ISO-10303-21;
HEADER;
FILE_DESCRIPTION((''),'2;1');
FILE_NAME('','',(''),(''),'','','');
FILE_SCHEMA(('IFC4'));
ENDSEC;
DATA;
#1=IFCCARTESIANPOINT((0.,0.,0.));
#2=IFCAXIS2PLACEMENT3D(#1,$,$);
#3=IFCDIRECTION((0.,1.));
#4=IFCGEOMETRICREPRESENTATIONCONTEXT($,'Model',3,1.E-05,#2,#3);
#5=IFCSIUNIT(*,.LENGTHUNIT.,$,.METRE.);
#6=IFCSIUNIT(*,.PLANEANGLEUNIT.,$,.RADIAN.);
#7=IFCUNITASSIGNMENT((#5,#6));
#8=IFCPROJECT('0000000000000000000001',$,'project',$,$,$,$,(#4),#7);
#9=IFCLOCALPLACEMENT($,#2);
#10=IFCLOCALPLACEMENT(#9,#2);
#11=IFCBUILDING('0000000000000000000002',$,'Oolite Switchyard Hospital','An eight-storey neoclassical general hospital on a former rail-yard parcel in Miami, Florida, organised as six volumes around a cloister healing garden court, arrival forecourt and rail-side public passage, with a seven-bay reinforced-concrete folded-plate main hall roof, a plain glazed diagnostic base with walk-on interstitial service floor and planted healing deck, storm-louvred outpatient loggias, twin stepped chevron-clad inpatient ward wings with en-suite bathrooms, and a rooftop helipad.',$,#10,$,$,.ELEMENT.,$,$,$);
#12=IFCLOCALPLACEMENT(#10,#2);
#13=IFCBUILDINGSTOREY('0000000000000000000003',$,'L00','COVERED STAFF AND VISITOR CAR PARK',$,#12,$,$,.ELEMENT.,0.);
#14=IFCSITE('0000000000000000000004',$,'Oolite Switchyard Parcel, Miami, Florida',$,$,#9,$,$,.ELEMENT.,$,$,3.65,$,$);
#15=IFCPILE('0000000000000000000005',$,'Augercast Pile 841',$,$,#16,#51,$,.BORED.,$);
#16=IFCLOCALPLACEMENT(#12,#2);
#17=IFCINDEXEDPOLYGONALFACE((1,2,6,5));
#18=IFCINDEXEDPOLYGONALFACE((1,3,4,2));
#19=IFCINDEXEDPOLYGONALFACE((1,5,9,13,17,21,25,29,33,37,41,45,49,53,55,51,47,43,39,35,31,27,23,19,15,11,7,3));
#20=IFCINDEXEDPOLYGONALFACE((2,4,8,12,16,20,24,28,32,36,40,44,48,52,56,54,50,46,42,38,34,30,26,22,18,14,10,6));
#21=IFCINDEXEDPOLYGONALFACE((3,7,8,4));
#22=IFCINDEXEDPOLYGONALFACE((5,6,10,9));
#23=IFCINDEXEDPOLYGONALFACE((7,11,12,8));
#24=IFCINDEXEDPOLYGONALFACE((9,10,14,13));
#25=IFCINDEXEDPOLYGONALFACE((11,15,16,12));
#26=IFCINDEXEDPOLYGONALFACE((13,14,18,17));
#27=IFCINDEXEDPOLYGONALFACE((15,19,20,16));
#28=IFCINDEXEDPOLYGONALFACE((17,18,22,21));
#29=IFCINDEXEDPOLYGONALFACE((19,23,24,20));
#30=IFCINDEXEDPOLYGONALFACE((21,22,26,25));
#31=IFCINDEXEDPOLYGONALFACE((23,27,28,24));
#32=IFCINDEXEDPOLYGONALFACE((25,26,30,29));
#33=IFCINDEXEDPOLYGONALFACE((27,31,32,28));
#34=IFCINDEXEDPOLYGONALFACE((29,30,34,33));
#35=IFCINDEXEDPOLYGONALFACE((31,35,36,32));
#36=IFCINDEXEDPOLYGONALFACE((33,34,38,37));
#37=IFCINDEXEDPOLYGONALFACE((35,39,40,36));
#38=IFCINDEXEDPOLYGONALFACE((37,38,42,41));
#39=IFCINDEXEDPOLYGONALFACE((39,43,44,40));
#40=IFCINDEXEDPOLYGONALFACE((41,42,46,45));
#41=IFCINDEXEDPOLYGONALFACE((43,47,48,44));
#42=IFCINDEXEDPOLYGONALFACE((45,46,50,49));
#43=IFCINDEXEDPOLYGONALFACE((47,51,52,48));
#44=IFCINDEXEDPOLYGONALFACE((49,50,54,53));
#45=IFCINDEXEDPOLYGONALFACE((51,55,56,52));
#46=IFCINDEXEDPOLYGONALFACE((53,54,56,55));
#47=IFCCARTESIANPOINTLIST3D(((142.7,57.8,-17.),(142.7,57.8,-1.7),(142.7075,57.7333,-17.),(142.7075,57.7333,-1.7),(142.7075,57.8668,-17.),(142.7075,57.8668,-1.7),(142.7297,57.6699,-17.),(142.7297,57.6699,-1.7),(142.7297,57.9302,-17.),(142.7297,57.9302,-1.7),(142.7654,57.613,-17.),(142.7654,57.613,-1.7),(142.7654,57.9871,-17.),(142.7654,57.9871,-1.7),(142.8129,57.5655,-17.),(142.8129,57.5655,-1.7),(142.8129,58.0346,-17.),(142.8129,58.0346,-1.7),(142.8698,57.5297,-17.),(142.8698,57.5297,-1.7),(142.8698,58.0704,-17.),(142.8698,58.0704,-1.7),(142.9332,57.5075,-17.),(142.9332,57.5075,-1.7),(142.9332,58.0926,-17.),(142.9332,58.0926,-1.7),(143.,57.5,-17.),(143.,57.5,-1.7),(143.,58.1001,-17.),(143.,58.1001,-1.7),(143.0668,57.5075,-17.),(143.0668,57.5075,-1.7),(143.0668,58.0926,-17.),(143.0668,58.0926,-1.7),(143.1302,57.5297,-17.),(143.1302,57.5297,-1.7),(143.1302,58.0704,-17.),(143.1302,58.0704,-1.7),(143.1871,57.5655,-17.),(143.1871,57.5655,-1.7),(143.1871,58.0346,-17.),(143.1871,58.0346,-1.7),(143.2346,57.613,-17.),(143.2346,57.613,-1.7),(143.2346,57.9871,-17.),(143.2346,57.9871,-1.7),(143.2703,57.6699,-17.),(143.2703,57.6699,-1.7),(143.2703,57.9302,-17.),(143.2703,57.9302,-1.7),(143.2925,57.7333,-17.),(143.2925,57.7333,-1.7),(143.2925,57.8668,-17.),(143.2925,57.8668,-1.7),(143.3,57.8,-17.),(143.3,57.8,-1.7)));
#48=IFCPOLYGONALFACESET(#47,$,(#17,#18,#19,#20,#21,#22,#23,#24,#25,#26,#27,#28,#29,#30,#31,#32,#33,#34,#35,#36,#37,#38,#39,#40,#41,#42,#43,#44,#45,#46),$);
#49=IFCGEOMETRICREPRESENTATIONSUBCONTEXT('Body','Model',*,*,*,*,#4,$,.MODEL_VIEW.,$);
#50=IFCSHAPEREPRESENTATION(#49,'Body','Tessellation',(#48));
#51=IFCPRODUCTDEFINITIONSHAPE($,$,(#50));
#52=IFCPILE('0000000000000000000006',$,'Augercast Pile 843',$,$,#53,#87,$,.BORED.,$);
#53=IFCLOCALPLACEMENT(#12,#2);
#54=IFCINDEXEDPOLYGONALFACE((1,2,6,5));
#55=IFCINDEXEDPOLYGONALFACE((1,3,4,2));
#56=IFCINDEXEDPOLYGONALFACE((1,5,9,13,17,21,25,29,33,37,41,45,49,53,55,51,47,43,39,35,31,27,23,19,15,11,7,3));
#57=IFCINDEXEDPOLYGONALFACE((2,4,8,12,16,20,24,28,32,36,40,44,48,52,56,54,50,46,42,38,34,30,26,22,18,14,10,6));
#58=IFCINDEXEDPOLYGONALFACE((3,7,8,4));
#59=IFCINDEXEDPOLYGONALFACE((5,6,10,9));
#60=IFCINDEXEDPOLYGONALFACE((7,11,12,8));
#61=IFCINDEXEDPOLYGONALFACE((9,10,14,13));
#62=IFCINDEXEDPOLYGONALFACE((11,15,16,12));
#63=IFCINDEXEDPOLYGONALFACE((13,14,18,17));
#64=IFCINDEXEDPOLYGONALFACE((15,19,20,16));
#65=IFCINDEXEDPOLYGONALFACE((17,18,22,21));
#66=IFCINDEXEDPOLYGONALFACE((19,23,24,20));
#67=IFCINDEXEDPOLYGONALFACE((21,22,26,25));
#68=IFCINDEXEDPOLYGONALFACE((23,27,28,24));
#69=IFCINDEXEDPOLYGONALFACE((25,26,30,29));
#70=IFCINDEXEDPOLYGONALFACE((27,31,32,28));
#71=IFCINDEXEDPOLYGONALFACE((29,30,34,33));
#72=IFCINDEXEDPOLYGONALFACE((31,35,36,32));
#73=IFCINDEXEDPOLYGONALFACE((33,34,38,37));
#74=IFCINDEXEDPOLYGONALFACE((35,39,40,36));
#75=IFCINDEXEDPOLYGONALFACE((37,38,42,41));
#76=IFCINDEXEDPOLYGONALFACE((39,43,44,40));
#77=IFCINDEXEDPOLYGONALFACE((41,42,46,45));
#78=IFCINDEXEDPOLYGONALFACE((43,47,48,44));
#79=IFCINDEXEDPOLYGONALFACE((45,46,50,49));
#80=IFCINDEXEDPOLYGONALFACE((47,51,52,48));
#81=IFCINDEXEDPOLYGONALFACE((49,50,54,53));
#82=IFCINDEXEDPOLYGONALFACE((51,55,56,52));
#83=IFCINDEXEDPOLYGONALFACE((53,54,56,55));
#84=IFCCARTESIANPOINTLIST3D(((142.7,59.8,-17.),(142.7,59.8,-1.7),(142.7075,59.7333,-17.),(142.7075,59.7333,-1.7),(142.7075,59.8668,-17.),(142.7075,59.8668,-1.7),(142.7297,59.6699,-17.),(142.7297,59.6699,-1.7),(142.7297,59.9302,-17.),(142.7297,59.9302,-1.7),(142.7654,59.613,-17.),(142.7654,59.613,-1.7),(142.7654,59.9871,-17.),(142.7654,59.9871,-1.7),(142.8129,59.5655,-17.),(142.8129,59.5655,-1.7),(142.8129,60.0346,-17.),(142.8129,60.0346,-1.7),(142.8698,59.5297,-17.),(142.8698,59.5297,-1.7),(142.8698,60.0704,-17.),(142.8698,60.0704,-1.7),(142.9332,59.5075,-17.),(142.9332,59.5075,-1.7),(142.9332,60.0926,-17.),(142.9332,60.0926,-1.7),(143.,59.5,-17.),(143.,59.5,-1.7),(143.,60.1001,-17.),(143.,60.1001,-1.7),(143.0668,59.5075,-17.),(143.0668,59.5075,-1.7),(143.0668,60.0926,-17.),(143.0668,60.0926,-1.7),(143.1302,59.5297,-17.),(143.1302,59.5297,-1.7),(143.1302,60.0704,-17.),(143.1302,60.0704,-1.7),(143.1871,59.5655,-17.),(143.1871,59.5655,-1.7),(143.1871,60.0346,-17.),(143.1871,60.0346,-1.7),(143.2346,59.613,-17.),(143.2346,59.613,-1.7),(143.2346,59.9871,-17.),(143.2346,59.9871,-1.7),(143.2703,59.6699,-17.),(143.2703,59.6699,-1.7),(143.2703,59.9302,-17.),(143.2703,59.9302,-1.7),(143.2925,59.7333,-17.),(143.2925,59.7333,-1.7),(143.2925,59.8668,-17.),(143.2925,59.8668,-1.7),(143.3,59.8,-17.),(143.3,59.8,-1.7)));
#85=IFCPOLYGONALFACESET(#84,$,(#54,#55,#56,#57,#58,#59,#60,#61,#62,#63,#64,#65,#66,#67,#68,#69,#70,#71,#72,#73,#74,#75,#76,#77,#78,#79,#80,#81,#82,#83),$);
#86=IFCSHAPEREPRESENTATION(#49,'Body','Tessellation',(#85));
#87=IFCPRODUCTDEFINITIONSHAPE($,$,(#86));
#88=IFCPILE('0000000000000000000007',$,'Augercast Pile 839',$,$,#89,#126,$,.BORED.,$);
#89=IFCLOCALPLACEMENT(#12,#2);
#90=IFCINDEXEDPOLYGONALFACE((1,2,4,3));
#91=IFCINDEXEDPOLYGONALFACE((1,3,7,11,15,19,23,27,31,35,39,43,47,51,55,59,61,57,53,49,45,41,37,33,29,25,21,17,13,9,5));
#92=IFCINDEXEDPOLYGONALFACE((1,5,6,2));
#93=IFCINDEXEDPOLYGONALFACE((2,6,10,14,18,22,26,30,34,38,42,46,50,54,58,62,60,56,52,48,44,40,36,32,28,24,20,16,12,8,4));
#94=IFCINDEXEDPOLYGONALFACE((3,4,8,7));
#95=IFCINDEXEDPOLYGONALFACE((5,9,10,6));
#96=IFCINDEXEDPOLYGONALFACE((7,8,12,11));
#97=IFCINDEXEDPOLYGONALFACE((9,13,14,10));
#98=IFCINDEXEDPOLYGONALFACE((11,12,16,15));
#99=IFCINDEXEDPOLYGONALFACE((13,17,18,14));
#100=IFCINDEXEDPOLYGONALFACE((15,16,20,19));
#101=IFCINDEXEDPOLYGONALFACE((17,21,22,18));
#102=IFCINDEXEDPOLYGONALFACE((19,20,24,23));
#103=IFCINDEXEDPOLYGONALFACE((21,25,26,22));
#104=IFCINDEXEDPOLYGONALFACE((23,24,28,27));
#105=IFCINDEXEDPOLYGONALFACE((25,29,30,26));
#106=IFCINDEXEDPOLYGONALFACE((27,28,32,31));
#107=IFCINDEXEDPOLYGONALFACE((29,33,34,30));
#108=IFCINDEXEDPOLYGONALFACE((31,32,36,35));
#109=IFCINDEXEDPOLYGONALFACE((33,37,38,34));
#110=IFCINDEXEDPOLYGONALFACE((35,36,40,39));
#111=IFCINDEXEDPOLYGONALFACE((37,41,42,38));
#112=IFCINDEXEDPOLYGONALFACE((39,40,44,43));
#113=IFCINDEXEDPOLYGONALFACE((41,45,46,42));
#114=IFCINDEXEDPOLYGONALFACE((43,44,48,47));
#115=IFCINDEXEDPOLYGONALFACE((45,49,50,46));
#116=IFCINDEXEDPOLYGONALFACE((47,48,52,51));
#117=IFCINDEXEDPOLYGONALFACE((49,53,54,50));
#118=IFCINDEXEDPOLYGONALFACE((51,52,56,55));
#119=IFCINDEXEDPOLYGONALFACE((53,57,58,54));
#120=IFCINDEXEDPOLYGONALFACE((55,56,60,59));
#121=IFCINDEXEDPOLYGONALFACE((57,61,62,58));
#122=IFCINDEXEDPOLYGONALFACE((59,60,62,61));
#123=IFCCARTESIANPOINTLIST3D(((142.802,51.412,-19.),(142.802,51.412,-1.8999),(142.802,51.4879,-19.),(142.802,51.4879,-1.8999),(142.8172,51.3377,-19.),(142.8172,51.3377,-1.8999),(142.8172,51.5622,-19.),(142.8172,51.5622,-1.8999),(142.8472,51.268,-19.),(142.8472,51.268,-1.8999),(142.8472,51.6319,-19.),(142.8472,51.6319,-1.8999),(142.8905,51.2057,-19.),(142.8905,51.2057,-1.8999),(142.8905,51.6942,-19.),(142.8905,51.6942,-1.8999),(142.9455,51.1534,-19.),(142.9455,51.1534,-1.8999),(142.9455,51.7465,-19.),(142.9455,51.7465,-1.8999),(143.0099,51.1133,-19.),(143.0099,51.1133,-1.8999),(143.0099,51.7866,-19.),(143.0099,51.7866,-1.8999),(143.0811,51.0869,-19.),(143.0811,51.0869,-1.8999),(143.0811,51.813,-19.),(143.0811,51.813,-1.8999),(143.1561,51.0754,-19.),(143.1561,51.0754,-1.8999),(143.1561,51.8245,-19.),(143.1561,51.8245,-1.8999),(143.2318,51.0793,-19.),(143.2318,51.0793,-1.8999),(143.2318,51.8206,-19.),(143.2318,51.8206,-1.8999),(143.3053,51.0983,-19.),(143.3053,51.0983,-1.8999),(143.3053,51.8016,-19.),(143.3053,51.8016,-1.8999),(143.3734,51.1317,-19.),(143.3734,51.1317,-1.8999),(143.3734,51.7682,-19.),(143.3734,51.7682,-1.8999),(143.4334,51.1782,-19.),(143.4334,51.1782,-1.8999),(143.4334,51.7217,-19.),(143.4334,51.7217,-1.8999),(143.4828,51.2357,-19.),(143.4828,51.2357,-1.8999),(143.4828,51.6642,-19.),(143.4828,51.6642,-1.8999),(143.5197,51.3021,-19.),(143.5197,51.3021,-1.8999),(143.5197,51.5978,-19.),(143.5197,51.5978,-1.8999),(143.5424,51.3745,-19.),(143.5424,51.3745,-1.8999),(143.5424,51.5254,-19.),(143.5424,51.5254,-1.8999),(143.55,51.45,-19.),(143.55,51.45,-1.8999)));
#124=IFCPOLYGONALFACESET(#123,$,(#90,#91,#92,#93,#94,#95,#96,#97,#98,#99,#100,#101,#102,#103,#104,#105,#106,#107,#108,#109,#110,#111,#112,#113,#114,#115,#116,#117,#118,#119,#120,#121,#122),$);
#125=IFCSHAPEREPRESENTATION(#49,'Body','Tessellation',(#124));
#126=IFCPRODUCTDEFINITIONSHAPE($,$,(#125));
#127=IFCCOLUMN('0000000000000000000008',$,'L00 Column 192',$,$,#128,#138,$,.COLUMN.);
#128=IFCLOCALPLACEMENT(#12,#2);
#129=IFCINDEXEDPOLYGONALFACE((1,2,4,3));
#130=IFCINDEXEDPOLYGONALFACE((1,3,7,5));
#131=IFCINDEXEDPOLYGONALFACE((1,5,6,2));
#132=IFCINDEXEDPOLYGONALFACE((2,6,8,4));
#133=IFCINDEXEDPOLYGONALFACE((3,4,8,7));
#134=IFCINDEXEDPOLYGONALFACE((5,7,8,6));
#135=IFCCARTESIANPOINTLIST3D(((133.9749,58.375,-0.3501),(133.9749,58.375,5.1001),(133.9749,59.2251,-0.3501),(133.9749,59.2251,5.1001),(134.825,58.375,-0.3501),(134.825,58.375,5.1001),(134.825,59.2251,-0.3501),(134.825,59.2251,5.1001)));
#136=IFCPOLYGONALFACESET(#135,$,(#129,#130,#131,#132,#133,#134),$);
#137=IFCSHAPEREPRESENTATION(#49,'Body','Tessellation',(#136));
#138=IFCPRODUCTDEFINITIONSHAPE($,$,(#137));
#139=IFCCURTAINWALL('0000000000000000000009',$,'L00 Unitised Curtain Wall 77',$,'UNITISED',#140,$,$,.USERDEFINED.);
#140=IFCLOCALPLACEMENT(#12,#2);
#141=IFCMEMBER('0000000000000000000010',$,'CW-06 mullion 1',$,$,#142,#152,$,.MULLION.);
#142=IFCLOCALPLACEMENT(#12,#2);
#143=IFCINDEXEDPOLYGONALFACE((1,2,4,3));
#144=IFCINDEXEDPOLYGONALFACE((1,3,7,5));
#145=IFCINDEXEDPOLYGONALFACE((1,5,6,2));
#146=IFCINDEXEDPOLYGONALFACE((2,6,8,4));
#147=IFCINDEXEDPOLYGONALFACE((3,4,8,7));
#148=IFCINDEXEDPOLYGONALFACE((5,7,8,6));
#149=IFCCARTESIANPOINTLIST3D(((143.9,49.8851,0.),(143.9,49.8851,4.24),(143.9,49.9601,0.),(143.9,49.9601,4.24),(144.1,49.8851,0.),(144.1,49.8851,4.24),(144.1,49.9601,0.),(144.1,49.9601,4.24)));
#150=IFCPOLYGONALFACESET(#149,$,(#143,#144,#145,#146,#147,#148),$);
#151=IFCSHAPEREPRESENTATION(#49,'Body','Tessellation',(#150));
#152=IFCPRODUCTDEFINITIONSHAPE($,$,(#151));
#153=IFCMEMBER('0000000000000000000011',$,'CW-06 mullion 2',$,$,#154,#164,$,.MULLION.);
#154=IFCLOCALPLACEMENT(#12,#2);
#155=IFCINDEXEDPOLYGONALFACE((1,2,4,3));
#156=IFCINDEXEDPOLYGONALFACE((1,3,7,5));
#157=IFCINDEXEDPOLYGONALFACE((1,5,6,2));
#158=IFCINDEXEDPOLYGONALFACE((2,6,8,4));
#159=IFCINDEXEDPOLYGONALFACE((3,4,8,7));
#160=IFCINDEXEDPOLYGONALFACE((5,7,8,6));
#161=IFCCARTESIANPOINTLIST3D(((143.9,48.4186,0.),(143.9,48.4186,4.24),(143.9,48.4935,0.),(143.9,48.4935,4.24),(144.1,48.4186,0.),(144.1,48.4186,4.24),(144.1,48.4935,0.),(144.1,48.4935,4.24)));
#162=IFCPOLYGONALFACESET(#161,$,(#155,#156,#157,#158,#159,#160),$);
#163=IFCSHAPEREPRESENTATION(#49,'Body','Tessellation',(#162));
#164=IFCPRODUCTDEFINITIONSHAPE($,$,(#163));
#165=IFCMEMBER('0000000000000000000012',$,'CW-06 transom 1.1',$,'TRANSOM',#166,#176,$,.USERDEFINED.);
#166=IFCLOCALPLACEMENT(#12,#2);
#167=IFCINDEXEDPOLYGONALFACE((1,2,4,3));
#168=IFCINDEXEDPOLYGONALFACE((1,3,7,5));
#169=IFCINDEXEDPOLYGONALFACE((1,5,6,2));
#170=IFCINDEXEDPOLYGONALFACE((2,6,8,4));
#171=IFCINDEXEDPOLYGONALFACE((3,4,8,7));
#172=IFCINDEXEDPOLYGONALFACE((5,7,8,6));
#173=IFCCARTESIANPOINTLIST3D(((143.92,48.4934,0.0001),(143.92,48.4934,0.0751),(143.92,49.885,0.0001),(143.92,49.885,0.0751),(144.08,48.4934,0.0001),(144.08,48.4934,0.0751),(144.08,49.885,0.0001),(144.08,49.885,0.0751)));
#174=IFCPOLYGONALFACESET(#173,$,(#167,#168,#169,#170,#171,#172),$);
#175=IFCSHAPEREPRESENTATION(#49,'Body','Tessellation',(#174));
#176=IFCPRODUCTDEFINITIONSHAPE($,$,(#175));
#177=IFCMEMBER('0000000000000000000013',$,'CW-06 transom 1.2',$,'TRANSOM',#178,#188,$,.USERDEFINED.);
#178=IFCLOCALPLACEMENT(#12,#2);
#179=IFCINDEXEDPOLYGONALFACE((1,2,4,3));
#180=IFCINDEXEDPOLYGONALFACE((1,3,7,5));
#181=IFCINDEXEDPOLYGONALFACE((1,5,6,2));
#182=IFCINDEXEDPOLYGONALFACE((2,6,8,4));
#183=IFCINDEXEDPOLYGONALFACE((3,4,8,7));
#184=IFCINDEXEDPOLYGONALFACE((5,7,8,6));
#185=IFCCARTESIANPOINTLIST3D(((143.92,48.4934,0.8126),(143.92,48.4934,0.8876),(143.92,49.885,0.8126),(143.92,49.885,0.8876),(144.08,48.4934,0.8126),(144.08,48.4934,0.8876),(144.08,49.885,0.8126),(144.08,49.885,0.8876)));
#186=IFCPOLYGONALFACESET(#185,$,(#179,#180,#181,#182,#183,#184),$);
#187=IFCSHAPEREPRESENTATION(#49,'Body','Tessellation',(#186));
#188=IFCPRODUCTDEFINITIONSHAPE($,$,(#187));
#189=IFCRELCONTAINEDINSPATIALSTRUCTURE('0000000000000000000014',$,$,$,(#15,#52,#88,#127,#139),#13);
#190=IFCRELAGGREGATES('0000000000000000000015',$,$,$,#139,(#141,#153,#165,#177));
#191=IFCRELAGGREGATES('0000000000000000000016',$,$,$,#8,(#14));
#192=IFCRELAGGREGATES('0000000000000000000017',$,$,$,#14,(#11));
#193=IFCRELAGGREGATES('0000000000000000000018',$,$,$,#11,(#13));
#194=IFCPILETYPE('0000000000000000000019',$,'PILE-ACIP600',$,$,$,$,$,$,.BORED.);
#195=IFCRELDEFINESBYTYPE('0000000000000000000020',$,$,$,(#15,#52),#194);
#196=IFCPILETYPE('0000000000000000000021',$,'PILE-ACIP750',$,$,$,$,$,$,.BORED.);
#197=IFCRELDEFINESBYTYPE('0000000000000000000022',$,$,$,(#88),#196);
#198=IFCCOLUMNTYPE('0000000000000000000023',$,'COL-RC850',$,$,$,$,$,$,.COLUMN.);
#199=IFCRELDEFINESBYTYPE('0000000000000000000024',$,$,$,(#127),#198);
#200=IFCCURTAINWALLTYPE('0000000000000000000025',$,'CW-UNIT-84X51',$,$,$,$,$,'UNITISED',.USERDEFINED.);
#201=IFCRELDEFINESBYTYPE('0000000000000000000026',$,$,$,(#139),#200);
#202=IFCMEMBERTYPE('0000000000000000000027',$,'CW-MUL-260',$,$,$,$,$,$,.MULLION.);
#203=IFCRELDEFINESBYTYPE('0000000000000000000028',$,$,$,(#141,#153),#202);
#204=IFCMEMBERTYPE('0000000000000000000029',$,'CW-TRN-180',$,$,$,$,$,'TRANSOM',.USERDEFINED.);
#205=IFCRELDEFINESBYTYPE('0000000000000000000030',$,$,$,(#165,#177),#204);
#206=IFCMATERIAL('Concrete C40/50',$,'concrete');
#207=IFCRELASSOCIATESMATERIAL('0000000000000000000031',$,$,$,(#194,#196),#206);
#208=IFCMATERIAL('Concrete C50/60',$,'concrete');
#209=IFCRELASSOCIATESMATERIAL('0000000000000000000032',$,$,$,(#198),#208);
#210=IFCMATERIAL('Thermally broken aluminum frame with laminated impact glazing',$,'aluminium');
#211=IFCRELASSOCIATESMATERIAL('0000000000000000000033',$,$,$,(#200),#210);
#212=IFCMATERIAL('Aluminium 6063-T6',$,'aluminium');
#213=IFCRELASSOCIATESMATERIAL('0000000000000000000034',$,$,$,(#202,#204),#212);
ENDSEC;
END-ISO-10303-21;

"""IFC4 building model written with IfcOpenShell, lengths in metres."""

from ifc_helpers import new_model, si_unit, direction, frame, origin, origin_2d, place, context, subcontext, project, spatial, rectangle, circle, extrude, material, material_profile, profile_set, type_object, element, aggregate, save


model = new_model("IFC4")

# Units and contexts
model_context = context("Model", 3, precision=1e-05, world=origin(), true_north=direction((0.0, 1.0)))
body_context = subcontext(model_context, "Body", "Model", "MODEL_VIEW")
ifc_project = project(units=[si_unit("LENGTHUNIT", "METRE"), si_unit("PLANEANGLEUNIT", "RADIAN")], contexts=[model_context])

# Site, building, storey
site_placement = place(None, origin())
site = spatial("IfcSite", under=ifc_project, at=site_placement, Name="Oolite Switchyard Parcel, Miami, Florida", CompositionType="ELEMENT", RefElevation=3.65)
building_placement = place(site_placement, origin())
building = spatial("IfcBuilding", under=site, at=building_placement, Name="Oolite Switchyard Hospital", Description="An eight-storey neoclassical general hospital on a former rail-yard parcel in Miami, Florida, organised as six volumes around a cloister healing garden court, arrival forecourt and rail-side public passage, with a seven-bay reinforced-concrete folded-plate main hall roof, a plain glazed diagnostic base with walk-on interstitial service floor and planted healing deck, storm-louvred outpatient loggias, twin stepped chevron-clad inpatient ward wings with en-suite bathrooms, and a rooftop helipad.", CompositionType="ELEMENT")
storey_placement = place(building_placement, origin())
storey = spatial("IfcBuildingStorey", under=building, at=storey_placement, Name="L00", Description="COVERED STAFF AND VISITOR CAR PARK", CompositionType="ELEMENT", Elevation=0.0)

# Shared definitions
ifc_material_1 = material(Name="Concrete C40/50", Category="concrete")

# Piles
ifc_material_profile_1 = material_profile(ifc_material_1, circle(Radius=0.3, at=origin_2d()), Name="PILE600")
ifc_profile_set_1 = profile_set([ifc_material_profile_1], Name="Concrete C40/50")
pile_type_1 = type_object("IfcPileType", Name="PILE-ACIP600", PredefinedType="BORED", material=ifc_profile_set_1)
for number, where, z_axis, x_axis, name in (
    (1, (143.0, 57.8, -1.7), (0.0, 0.0, -1.0), (1.0, 0.0, 0.0), "Augercast Pile 841"),
    (2, (143.0, 59.8, -1.7), (0.0, 0.0, -1.0), (1.0, 0.0, 0.0), "Augercast Pile 843"),
):
    element("IfcPile", number, at=place(storey_placement, frame(where, z_axis=z_axis, x_axis=x_axis)), inside=storey, type_object=pile_type_1, Name=name, PredefinedType="BORED", context=body_context, shape_type="SweptSolid", body=[
        extrude(circle(Radius=0.3, at=origin_2d()), origin(), (0.0, 0.0, 1.0), 15.3),
    ])
ifc_material_profile_2 = material_profile(ifc_material_1, circle(Radius=0.375, at=origin_2d()), Name="PILE750")
ifc_profile_set_2 = profile_set([ifc_material_profile_2], Name="Concrete C40/50")
pile_type_2 = type_object("IfcPileType", Name="PILE-ACIP750", PredefinedType="BORED", material=ifc_profile_set_2)
pile_placement = place(storey_placement, frame((143.175, 51.45, -1.8999), z_axis=(0.0, 0.0, -1.0), x_axis=(1.0, 0.0, 0.0)))
element("IfcPile", 3, at=pile_placement, inside=storey, type_object=pile_type_2, Name="Augercast Pile 839", PredefinedType="BORED", context=body_context, shape_type="SweptSolid", body=[
    extrude(circle(Radius=0.375, at=origin_2d()), origin(), (0.0, 0.0, 1.0), 17.1001),
])

# Column
ifc_material_2 = material(Name="Concrete C50/60", Category="concrete")
ifc_material_profile_3 = material_profile(ifc_material_2, rectangle(XDim=0.8501, YDim=0.8501, at=origin_2d()), Name="RC850X850")
ifc_profile_set_3 = profile_set([ifc_material_profile_3], Name="Concrete C50/60")
column_type = type_object("IfcColumnType", Name="COL-RC850", PredefinedType="COLUMN", material=ifc_profile_set_3)
column_placement = place(storey_placement, frame((134.3999, 58.8, -0.3501), z_axis=(0.0, 0.0, 1.0), x_axis=(1.0, 0.0, 0.0)))
element("IfcColumn", 4, at=column_placement, inside=storey, type_object=column_type, Name="L00 Column 192", PredefinedType="COLUMN", context=body_context, shape_type="SweptSolid", body=[
    extrude(rectangle(XDim=0.8501, YDim=0.8501, at=origin_2d()), origin(), (0.0, 0.0, 1.0), 5.4502),
])

# Curtain wall, members
ifc_material_3 = material(Name="Thermally broken aluminum frame with laminated impact glazing", Category="aluminium")
curtain_wall_type = type_object("IfcCurtainWallType", Name="CW-UNIT-84X51", ElementType="UNITISED", PredefinedType="USERDEFINED", material=ifc_material_3)
curtain_wall_placement = place(storey_placement, origin())
curtain_wall = element("IfcCurtainWall", 5, at=curtain_wall_placement, inside=storey, type_object=curtain_wall_type, Name="L00 Unitised Curtain Wall 77", ObjectType="UNITISED", PredefinedType="USERDEFINED")
ifc_material_4 = material(Name="Aluminium 6063-T6", Category="aluminium")
ifc_material_profile_4 = material_profile(ifc_material_4, rectangle(XDim=0.2, YDim=0.075, at=origin_2d()), Name="CWM75X200")
ifc_profile_set_4 = profile_set([ifc_material_profile_4], Name="Aluminium 6063-T6")
member_type_1 = type_object("IfcMemberType", Name="CW-MUL-260", PredefinedType="MULLION", material=ifc_profile_set_4)
member_1_placement = place(storey_placement, frame((144.0, 49.9226, 0.0), z_axis=(0.0, 0.0, 1.0), x_axis=(1.0, 0.0, 0.0)))
member_1 = element("IfcMember", 6, at=member_1_placement, type_object=member_type_1, Name="CW-06 mullion 1", PredefinedType="MULLION", context=body_context, shape_type="SweptSolid", body=[
    extrude(rectangle(XDim=0.2, YDim=0.075, at=origin_2d()), origin(), (0.0, 0.0, 1.0), 4.24),
])
member_2_placement = place(storey_placement, frame((144.0, 48.4561, 0.0), z_axis=(0.0, 0.0, 1.0), x_axis=(1.0, 0.0, 0.0)))
member_2 = element("IfcMember", 7, at=member_2_placement, type_object=member_type_1, Name="CW-06 mullion 2", PredefinedType="MULLION", context=body_context, shape_type="SweptSolid", body=[
    extrude(rectangle(XDim=0.2, YDim=0.075, at=origin_2d()), origin(), (0.0, 0.0, 1.0), 4.24),
])
ifc_material_profile_5 = material_profile(ifc_material_4, rectangle(XDim=0.1599, YDim=0.075, at=origin_2d()), Name="CWT75X160")
ifc_profile_set_5 = profile_set([ifc_material_profile_5], Name="Aluminium 6063-T6")
member_type_2 = type_object("IfcMemberType", Name="CW-TRN-180", ElementType="TRANSOM", PredefinedType="USERDEFINED", material=ifc_profile_set_5)
member_3_placement = place(storey_placement, frame((144.0, 49.885, 0.0376), z_axis=(0.0, -1.0, 0.0), x_axis=(1.0, 0.0, 0.0)))
member_3 = element("IfcMember", 8, at=member_3_placement, type_object=member_type_2, Name="CW-06 transom 1.1", ObjectType="TRANSOM", PredefinedType="USERDEFINED", context=body_context, shape_type="SweptSolid", body=[
    extrude(rectangle(XDim=0.1599, YDim=0.075, at=origin_2d()), origin(), (0.0, 0.0, 1.0), 1.3916),
])
member_4_placement = place(storey_placement, frame((144.0, 49.885, 0.8501), z_axis=(0.0, -1.0, 0.0), x_axis=(1.0, 0.0, 0.0)))
member_4 = element("IfcMember", 9, at=member_4_placement, type_object=member_type_2, Name="CW-06 transom 1.2", ObjectType="TRANSOM", PredefinedType="USERDEFINED", context=body_context, shape_type="SweptSolid", body=[
    extrude(rectangle(XDim=0.1599, YDim=0.075, at=origin_2d()), origin(), (0.0, 0.0, 1.0), 1.3916),
])
aggregate(curtain_wall, [member_1, member_2, member_3, member_4])

save(model, "model.ifc")
